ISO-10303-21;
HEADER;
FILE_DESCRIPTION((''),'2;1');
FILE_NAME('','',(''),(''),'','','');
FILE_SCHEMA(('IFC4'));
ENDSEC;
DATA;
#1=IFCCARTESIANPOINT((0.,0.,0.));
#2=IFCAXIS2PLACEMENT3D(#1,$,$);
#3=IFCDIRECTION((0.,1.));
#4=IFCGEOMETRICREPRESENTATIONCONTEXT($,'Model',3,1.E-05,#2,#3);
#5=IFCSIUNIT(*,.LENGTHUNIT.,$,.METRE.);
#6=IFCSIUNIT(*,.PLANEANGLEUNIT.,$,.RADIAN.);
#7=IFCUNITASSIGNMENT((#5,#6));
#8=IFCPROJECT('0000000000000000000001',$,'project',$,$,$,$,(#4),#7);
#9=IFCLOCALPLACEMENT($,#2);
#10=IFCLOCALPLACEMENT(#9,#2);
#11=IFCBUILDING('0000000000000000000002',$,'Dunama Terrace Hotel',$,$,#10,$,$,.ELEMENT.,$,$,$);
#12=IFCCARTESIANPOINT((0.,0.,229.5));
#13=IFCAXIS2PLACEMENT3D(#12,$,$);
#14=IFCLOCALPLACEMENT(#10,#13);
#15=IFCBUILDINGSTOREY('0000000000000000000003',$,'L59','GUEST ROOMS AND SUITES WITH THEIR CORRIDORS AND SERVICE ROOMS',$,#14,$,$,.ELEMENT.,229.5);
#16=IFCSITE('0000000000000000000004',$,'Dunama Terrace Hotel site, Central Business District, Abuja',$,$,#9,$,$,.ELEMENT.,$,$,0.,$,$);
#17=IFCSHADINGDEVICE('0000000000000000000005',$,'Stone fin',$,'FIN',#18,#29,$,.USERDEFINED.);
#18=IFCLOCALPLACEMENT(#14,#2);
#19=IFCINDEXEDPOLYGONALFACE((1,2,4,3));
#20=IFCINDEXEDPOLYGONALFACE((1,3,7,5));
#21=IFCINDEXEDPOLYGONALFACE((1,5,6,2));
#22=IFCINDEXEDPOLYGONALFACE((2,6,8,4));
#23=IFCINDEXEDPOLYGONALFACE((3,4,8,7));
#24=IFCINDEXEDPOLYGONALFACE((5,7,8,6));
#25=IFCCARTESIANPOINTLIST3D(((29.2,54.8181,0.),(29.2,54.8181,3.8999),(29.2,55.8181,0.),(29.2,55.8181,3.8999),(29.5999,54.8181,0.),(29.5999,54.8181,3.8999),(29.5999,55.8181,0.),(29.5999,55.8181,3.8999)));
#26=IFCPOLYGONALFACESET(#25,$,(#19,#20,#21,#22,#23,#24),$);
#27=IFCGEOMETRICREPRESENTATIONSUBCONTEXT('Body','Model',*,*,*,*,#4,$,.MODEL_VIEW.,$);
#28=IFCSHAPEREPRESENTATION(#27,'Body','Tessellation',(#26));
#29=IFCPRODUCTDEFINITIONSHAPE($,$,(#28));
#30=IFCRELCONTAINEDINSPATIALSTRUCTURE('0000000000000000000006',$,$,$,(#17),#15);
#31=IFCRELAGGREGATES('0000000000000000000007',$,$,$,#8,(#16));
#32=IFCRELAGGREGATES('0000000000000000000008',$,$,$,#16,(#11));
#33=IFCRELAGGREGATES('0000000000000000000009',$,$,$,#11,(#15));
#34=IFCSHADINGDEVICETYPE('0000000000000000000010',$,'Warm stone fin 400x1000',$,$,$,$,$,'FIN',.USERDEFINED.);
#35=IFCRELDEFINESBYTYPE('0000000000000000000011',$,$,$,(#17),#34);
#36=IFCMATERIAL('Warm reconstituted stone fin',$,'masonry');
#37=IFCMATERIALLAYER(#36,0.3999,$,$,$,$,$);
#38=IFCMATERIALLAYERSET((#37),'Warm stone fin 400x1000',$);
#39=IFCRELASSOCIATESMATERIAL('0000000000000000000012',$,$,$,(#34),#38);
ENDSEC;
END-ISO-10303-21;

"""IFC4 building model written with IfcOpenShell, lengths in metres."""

from ifc_helpers import new_model, si_unit, direction, frame, origin, origin_2d, place, context, subcontext, project, spatial, rectangle, extrude, material, layer, layer_set, type_object, element, save


model = new_model("IFC4")

# Units and contexts
model_context = context("Model", 3, precision=1e-05, world=origin(), true_north=direction((0.0, 1.0)))
body_context = subcontext(model_context, "Body", "Model", "MODEL_VIEW")
ifc_project = project(units=[si_unit("LENGTHUNIT", "METRE"), si_unit("PLANEANGLEUNIT", "RADIAN")], contexts=[model_context])

# Site, building, storey
site_placement = place(None, origin())
site = spatial("IfcSite", under=ifc_project, at=site_placement, Name="Dunama Terrace Hotel site, Central Business District, Abuja", CompositionType="ELEMENT", RefElevation=0.0)
building_placement = place(site_placement, origin())
building = spatial("IfcBuilding", under=site, at=building_placement, Name="Dunama Terrace Hotel", CompositionType="ELEMENT")
storey_placement = place(building_placement, frame((0.0, 0.0, 229.5)))
storey = spatial("IfcBuildingStorey", under=building, at=storey_placement, Name="L59", Description="GUEST ROOMS AND SUITES WITH THEIR CORRIDORS AND SERVICE ROOMS", CompositionType="ELEMENT", Elevation=229.5)

# Shading device
ifc_material_1 = material(Name="Warm reconstituted stone fin", Category="masonry")
ifc_layer_1 = layer(ifc_material_1, 0.3999)
ifc_layer_set_1 = layer_set([ifc_layer_1], Name="Warm stone fin 400x1000")
shading_device_type = type_object("IfcShadingDeviceType", Name="Warm stone fin 400x1000", ElementType="FIN", PredefinedType="USERDEFINED", material=ifc_layer_set_1)
shading_device_placement = place(storey_placement, frame((29.3999, 55.3181, 0.0), z_axis=(0.0, 0.0, 1.0), x_axis=(-1.0, 0.0, 0.0)))
element("IfcShadingDevice", 1, at=shading_device_placement, inside=storey, type_object=shading_device_type, Name="Stone fin", ObjectType="FIN", PredefinedType="USERDEFINED", context=body_context, shape_type="SweptSolid", body=[
    extrude(rectangle(XDim=0.3999, YDim=1.0, at=origin_2d()), origin(), (0.0, 0.0, 1.0), 3.8999),
])

save(model, "model.ifc")
